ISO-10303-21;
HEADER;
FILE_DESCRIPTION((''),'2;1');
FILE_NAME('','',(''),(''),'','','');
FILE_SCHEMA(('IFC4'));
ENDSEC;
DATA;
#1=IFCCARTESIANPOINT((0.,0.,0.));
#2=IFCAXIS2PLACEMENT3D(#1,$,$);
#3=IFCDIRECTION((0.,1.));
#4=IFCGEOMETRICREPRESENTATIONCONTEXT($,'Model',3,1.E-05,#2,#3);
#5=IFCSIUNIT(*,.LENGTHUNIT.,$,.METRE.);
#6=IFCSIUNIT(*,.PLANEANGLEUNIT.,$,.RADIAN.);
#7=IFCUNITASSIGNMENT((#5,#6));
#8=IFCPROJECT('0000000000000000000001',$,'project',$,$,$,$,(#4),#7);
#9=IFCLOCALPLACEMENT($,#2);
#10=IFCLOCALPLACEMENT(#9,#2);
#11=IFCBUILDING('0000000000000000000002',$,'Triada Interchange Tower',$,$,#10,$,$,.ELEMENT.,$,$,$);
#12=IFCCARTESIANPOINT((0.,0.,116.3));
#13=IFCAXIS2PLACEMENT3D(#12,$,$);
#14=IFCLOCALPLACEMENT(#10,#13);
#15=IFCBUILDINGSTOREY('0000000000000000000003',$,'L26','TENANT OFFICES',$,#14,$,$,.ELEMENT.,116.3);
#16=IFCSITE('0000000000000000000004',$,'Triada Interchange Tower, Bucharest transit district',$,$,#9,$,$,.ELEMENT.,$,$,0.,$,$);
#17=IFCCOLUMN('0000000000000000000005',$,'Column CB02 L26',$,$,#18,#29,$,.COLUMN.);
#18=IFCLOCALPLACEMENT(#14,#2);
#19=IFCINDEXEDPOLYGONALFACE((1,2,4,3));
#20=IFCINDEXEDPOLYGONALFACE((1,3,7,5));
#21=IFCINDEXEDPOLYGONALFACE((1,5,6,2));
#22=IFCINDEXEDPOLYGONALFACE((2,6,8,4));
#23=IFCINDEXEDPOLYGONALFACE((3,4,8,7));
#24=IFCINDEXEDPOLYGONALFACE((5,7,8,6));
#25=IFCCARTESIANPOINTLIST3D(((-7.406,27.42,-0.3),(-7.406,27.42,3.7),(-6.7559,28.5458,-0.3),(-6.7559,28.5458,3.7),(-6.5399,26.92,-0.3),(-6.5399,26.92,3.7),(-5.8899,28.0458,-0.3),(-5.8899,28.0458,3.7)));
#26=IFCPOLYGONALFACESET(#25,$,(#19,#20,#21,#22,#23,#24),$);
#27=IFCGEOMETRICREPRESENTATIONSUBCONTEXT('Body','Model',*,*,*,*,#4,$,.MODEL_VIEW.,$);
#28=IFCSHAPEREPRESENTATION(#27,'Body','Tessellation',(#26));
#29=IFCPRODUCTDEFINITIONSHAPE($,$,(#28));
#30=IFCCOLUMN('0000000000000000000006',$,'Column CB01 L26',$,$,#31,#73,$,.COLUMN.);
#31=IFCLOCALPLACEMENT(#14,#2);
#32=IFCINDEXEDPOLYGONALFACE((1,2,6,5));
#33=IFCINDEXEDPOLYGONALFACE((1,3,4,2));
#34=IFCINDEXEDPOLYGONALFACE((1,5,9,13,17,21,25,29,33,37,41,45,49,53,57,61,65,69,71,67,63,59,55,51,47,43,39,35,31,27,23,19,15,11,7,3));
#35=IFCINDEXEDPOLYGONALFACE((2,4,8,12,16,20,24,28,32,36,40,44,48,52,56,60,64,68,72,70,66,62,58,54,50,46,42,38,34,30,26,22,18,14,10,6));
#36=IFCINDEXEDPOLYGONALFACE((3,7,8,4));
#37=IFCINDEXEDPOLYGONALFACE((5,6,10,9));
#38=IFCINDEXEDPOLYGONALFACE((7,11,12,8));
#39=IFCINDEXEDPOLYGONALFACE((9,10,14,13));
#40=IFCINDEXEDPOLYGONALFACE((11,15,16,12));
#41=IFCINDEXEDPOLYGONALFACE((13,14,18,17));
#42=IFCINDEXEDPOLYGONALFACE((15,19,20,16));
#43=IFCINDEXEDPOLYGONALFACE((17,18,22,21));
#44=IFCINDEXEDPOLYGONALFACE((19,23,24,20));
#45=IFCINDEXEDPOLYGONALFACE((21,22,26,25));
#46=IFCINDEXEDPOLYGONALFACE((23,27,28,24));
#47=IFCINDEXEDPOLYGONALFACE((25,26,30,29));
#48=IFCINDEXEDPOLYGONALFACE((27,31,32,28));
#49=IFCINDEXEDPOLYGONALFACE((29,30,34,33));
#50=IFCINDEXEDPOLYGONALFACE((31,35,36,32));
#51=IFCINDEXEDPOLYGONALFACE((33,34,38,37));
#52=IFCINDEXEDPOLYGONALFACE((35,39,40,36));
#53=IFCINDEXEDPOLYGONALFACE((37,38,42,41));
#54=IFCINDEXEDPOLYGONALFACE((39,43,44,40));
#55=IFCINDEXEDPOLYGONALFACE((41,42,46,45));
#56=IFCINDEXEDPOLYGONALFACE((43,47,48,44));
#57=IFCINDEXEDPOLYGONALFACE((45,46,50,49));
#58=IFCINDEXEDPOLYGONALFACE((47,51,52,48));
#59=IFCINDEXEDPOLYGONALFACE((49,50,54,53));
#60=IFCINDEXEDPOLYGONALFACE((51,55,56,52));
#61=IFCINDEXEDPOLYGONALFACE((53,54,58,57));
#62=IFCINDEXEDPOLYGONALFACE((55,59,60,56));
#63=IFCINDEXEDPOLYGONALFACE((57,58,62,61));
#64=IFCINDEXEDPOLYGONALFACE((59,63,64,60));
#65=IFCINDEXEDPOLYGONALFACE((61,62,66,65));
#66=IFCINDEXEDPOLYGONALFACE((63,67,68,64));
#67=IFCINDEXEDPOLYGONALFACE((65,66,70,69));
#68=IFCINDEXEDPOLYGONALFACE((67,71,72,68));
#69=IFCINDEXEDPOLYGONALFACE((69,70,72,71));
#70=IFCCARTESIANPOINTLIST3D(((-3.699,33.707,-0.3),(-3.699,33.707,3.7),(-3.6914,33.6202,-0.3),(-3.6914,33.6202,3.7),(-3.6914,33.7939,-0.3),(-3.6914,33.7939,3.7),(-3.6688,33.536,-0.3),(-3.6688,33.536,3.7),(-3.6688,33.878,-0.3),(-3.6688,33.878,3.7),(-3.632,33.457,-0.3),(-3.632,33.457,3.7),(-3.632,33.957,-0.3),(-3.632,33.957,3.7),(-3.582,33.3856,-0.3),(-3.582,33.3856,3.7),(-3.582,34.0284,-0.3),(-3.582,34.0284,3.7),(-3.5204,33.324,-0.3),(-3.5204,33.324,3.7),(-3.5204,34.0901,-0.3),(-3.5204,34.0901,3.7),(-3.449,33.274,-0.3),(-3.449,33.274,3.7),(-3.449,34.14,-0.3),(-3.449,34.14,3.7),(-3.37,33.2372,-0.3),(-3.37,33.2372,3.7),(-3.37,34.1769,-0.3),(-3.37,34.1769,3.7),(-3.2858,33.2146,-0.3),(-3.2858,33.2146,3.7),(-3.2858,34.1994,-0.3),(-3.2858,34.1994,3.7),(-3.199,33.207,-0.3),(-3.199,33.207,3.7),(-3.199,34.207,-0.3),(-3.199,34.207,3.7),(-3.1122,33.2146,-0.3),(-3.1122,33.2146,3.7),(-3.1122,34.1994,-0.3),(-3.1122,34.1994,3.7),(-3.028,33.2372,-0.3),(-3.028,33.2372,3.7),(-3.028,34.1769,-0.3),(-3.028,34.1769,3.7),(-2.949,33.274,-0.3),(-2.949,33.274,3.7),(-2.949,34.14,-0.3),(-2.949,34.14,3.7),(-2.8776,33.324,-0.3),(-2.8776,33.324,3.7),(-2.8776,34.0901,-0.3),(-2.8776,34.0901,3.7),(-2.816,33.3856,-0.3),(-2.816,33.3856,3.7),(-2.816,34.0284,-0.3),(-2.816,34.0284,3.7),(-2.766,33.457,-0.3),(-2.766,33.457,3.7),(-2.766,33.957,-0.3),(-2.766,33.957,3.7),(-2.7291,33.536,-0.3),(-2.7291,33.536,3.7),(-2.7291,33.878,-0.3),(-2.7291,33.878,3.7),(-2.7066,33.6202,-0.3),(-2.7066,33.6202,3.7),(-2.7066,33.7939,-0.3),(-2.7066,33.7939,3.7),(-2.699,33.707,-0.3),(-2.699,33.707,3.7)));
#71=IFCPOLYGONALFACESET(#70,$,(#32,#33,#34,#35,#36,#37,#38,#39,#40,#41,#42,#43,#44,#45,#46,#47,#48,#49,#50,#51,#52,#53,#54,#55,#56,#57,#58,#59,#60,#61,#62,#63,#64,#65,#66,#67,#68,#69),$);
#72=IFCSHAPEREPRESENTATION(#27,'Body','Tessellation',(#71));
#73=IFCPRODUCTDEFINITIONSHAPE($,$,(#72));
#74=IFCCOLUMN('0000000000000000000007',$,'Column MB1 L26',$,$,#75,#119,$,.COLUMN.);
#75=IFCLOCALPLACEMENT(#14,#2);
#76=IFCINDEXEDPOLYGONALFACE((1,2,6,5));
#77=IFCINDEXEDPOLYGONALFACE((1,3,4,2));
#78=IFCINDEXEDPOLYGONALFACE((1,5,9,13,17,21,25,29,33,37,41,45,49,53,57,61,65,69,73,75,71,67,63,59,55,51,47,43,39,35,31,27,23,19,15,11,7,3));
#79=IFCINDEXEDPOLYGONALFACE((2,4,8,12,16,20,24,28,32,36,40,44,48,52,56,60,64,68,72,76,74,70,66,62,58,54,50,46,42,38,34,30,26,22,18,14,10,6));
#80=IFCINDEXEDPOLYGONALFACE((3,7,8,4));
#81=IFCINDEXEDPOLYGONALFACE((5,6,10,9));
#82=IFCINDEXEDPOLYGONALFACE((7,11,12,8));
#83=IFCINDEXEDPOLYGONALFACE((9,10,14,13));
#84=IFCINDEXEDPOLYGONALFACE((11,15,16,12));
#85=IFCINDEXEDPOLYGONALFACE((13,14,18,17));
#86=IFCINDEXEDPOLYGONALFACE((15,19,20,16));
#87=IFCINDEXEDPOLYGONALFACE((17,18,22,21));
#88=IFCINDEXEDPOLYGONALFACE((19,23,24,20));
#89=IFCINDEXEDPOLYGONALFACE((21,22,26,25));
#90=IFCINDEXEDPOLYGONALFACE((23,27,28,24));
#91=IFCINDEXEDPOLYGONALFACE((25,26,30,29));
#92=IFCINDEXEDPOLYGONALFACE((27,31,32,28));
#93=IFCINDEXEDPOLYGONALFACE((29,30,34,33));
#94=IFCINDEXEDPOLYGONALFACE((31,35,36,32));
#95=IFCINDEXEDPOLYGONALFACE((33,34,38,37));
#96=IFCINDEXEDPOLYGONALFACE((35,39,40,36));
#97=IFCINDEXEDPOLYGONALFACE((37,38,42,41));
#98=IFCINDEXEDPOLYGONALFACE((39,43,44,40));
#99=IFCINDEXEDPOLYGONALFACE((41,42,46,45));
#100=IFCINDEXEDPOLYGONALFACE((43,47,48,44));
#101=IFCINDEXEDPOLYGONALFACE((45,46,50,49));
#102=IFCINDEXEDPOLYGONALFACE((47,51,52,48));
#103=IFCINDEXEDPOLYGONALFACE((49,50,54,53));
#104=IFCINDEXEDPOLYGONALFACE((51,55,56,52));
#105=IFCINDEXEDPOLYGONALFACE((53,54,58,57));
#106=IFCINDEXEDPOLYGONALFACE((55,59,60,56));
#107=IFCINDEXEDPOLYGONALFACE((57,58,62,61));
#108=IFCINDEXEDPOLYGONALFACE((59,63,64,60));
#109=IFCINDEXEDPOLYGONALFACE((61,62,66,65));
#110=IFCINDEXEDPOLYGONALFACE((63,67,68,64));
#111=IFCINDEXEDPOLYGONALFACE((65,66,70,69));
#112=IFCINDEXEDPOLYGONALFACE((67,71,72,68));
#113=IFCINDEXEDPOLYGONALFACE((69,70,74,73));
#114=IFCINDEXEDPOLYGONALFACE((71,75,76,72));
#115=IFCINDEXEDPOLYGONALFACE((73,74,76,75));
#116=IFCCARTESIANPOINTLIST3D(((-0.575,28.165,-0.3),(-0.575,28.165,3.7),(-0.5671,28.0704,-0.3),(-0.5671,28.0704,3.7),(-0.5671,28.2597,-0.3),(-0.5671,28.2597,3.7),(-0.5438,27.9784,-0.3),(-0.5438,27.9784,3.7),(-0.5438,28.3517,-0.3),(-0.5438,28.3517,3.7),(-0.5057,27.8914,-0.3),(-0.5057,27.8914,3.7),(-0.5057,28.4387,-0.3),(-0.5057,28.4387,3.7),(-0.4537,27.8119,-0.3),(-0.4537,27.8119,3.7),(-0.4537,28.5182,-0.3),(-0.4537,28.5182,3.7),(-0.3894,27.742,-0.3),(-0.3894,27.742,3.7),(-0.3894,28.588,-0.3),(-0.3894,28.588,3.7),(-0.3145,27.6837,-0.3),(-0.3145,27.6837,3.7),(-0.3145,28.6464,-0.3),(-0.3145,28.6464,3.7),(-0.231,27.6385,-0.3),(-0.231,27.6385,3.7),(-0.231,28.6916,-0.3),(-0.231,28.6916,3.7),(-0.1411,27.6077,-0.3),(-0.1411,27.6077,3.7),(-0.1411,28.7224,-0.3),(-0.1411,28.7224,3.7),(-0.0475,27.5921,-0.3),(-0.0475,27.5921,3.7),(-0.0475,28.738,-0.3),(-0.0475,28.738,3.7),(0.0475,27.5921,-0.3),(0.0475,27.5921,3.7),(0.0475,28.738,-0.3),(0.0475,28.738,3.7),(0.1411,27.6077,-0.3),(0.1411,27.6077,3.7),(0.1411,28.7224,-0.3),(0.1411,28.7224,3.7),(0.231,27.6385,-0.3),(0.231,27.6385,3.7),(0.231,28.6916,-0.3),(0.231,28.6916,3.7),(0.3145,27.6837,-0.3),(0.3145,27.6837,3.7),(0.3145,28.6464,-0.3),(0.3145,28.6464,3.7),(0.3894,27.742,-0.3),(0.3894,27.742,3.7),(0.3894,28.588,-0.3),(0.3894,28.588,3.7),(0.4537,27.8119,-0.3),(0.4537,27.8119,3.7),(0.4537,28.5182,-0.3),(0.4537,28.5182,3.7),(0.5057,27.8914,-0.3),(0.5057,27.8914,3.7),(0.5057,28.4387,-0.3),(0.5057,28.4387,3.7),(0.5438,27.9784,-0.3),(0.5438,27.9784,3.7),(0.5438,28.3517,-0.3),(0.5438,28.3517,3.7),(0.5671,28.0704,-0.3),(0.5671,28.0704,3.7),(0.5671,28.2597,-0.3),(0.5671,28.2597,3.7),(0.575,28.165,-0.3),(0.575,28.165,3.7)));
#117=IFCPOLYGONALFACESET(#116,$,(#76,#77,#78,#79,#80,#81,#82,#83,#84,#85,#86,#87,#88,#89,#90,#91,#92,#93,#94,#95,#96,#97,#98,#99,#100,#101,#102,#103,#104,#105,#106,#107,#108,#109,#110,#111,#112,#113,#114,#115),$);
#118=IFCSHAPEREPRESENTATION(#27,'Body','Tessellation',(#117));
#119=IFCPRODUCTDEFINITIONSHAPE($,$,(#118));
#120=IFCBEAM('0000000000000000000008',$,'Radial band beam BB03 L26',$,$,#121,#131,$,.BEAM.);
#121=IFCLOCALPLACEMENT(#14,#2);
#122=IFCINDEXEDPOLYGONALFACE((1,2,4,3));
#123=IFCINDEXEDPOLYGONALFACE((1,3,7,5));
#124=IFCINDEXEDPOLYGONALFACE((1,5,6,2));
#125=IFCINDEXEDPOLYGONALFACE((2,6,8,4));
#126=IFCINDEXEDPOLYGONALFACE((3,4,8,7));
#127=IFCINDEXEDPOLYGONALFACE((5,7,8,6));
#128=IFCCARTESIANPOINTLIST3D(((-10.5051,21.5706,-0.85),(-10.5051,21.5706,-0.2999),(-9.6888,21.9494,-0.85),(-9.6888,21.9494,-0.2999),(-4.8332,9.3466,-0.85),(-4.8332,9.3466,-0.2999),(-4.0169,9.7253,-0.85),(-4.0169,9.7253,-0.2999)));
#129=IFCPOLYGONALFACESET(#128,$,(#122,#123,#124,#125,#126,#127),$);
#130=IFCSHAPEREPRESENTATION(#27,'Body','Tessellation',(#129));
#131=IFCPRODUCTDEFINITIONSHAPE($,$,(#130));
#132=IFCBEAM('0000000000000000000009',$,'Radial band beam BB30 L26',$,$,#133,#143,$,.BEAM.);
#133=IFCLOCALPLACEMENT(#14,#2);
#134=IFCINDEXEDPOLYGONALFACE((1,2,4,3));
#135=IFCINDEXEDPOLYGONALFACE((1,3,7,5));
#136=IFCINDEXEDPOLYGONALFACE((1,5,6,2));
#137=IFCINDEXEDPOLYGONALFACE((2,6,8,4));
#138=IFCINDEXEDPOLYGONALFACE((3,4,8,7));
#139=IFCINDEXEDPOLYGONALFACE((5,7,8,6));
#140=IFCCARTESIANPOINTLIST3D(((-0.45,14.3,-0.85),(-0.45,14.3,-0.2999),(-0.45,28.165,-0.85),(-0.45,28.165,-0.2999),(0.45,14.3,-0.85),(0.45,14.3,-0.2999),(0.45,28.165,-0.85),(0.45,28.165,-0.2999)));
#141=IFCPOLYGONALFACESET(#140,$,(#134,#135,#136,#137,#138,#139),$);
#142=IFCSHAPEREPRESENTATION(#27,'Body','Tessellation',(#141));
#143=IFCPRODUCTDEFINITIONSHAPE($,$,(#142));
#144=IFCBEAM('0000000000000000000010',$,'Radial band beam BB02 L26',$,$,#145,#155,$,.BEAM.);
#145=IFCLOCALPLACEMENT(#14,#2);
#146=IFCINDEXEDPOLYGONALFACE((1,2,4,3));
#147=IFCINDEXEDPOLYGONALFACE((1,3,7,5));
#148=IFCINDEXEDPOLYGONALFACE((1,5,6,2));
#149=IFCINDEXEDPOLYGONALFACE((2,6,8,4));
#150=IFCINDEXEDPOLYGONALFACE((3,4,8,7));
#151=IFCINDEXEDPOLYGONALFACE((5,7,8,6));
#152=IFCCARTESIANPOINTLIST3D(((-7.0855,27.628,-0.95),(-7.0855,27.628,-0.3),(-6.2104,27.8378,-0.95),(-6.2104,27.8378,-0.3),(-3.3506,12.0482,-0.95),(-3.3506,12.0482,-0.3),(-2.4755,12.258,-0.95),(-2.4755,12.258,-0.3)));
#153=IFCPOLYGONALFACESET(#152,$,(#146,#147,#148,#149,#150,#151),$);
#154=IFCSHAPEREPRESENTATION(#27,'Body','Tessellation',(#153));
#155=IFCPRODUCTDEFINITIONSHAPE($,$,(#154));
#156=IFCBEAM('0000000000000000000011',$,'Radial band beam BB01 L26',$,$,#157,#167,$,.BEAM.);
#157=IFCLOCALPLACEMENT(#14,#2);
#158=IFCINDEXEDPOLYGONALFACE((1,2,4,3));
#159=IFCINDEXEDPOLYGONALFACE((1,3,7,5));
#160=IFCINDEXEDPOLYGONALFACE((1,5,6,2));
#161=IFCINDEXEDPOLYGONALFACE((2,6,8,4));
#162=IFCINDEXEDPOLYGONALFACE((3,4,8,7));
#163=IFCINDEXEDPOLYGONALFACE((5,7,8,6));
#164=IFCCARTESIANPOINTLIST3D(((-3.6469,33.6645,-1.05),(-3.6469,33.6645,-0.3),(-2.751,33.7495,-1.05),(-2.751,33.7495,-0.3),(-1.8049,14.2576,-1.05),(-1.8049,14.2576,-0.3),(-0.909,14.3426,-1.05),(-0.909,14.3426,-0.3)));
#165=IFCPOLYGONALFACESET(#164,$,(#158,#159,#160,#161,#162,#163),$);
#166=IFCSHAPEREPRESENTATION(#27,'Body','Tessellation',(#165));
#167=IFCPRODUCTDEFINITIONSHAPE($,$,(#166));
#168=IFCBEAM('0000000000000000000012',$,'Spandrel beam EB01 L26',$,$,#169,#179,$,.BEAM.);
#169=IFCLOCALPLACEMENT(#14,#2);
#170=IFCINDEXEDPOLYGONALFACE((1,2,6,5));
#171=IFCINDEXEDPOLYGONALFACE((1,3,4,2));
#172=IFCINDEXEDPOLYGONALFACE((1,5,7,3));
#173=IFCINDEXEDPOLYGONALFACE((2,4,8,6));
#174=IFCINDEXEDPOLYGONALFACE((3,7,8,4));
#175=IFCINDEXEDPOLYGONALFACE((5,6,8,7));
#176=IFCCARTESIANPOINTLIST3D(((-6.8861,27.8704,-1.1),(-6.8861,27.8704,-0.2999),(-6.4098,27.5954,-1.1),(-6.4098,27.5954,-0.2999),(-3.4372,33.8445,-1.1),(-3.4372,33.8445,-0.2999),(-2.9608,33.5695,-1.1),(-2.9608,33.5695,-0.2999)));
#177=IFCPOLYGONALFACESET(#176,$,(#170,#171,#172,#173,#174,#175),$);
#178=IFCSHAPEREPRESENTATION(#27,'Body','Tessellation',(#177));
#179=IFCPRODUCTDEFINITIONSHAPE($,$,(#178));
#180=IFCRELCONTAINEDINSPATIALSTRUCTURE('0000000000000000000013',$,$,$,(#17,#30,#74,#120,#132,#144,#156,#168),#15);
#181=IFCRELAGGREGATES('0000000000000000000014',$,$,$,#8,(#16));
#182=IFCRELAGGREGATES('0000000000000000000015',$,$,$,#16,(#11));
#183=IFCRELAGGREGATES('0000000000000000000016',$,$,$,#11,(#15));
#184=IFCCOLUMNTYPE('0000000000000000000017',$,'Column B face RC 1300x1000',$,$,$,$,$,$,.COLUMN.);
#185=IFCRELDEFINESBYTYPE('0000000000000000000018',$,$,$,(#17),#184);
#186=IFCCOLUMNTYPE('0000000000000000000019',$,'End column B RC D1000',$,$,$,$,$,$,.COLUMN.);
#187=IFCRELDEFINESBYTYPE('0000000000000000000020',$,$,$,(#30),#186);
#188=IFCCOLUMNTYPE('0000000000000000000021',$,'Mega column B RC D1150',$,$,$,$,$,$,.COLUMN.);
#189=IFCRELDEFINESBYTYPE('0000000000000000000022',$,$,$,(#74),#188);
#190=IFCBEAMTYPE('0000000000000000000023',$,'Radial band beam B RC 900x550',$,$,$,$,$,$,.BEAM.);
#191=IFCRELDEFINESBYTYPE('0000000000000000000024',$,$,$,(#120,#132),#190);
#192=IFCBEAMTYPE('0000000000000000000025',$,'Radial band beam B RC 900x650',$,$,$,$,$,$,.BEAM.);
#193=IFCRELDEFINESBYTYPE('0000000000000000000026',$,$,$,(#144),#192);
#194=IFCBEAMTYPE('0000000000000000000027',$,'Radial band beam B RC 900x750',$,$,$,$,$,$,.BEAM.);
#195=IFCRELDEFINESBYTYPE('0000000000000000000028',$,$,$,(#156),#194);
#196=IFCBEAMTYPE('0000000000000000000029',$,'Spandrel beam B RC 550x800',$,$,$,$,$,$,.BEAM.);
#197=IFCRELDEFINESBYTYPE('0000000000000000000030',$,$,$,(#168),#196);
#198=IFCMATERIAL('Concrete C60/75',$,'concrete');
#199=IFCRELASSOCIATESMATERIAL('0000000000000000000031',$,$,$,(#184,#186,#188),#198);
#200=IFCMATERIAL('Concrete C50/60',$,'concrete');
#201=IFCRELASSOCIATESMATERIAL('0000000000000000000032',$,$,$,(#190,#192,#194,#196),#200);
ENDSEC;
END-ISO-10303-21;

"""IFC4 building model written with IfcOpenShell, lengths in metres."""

from ifc_helpers import new_model, si_unit, direction, frame, origin, origin_2d, place, context, subcontext, project, spatial, rectangle, circle, extrude, material, material_profile, profile_set, type_object, element, save


model = new_model("IFC4")

# Units and contexts
model_context = context("Model", 3, precision=1e-05, world=origin(), true_north=direction((0.0, 1.0)))
body_context = subcontext(model_context, "Body", "Model", "MODEL_VIEW")
ifc_project = project(units=[si_unit("LENGTHUNIT", "METRE"), si_unit("PLANEANGLEUNIT", "RADIAN")], contexts=[model_context])

# Site, building, storey
site_placement = place(None, origin())
site = spatial("IfcSite", under=ifc_project, at=site_placement, Name="Triada Interchange Tower, Bucharest transit district", CompositionType="ELEMENT", RefElevation=0.0)
building_placement = place(site_placement, origin())
building = spatial("IfcBuilding", under=site, at=building_placement, Name="Triada Interchange Tower", CompositionType="ELEMENT")
storey_placement = place(building_placement, frame((0.0, 0.0, 116.3)))
storey = spatial("IfcBuildingStorey", under=building, at=storey_placement, Name="L26", Description="TENANT OFFICES", CompositionType="ELEMENT", Elevation=116.3)

# Columns
ifc_material_1 = material(Name="Concrete C60/75", Category="concrete")
ifc_material_profile_1 = material_profile(ifc_material_1, rectangle(XDim=1.3, YDim=1.0, at=origin_2d()), Name="RC 1300x1000")
ifc_profile_set_1 = profile_set([ifc_material_profile_1], Name="Concrete C60/75")
column_type_1 = type_object("IfcColumnType", Name="Column B face RC 1300x1000", PredefinedType="COLUMN", material=ifc_profile_set_1)
column_1_placement = place(storey_placement, frame((-6.6479, 27.7329, -0.3), z_axis=(0.0, 0.0, 1.0), x_axis=(0.5, 0.866025, 0.0)))
element("IfcColumn", 1, at=column_1_placement, inside=storey, type_object=column_type_1, Name="Column CB02 L26", PredefinedType="COLUMN", context=body_context, shape_type="SweptSolid", body=[
    extrude(rectangle(XDim=1.3, YDim=1.0, at=origin_2d()), origin(), (0.0, 0.0, 1.0), 4.0),
])
ifc_material_profile_2 = material_profile(ifc_material_1, circle(Radius=0.5, at=origin_2d()), Name="RC D1000")
ifc_profile_set_2 = profile_set([ifc_material_profile_2], Name="Concrete C60/75")
column_type_2 = type_object("IfcColumnType", Name="End column B RC D1000", PredefinedType="COLUMN", material=ifc_profile_set_2)
column_2_placement = place(storey_placement, frame((-3.199, 33.707, -0.3), z_axis=(0.0, 0.0, 1.0), x_axis=(0.5, 0.866025, 0.0)))
element("IfcColumn", 2, at=column_2_placement, inside=storey, type_object=column_type_2, Name="Column CB01 L26", PredefinedType="COLUMN", context=body_context, shape_type="SweptSolid", body=[
    extrude(circle(Radius=0.5, at=origin_2d()), origin(), (0.0, 0.0, 1.0), 4.0),
])
ifc_material_profile_3 = material_profile(ifc_material_1, circle(Radius=0.575, at=origin_2d()), Name="RC D1150")
ifc_profile_set_3 = profile_set([ifc_material_profile_3], Name="Concrete C60/75")
column_type_3 = type_object("IfcColumnType", Name="Mega column B RC D1150", PredefinedType="COLUMN", material=ifc_profile_set_3)
column_3_placement = place(storey_placement, frame((0.0, 28.165, -0.3), z_axis=(0.0, 0.0, 1.0), x_axis=(1.0, 0.0, 0.0)))
element("IfcColumn", 3, at=column_3_placement, inside=storey, type_object=column_type_3, Name="Column MB1 L26", PredefinedType="COLUMN", context=body_context, shape_type="SweptSolid", body=[
    extrude(circle(Radius=0.575, at=origin_2d()), origin(), (0.0, 0.0, 1.0), 4.0),
])

# Beams
ifc_material_2 = material(Name="Concrete C50/60", Category="concrete")
ifc_material_profile_4 = material_profile(ifc_material_2, rectangle(XDim=0.8999, YDim=0.55, at=origin_2d()), Name="RC 900x550")
ifc_profile_set_4 = profile_set([ifc_material_profile_4], Name="Concrete C50/60")
beam_type_1 = type_object("IfcBeamType", Name="Radial band beam B RC 900x550", PredefinedType="BEAM", material=ifc_profile_set_4)
beam_1_placement = place(storey_placement, frame((-10.0969, 21.76, -0.575), z_axis=(0.420891, -0.907111, 0.0), x_axis=(0.907111, 0.420891, 0.0)))
element("IfcBeam", 4, at=beam_1_placement, inside=storey, type_object=beam_type_1, Name="Radial band beam BB03 L26", PredefinedType="BEAM", context=body_context, shape_type="SweptSolid", body=[
    extrude(rectangle(XDim=0.8999, YDim=0.55, at=origin_2d()), origin(), (0.0, 0.0, 1.0), 13.4758),
])
beam_2_placement = place(storey_placement, frame((0.0, 28.165, -0.575), z_axis=(0.0, -1.0, 0.0), x_axis=(1.0, 0.0, 0.0)))
element("IfcBeam", 5, at=beam_2_placement, inside=storey, type_object=beam_type_1, Name="Radial band beam BB30 L26", PredefinedType="BEAM", context=body_context, shape_type="SweptSolid", body=[
    extrude(rectangle(XDim=0.8999, YDim=0.55, at=origin_2d()), origin(), (0.0, 0.0, 1.0), 13.865),
])
ifc_material_profile_5 = material_profile(ifc_material_2, rectangle(XDim=0.8999, YDim=0.6499, at=origin_2d()), Name="RC 900x650")
ifc_profile_set_5 = profile_set([ifc_material_profile_5], Name="Concrete C50/60")
beam_type_2 = type_object("IfcBeamType", Name="Radial band beam B RC 900x650", PredefinedType="BEAM", material=ifc_profile_set_5)
beam_3_placement = place(storey_placement, frame((-6.6479, 27.7329, -0.625), z_axis=(0.233119, -0.972448, 0.0), x_axis=(0.972448, 0.233119, 0.0)))
element("IfcBeam", 6, at=beam_3_placement, inside=storey, type_object=beam_type_2, Name="Radial band beam BB02 L26", PredefinedType="BEAM", context=body_context, shape_type="SweptSolid", body=[
    extrude(rectangle(XDim=0.8999, YDim=0.6499, at=origin_2d()), origin(), (0.0, 0.0, 1.0), 16.0212),
])
ifc_material_profile_6 = material_profile(ifc_material_2, rectangle(XDim=0.8999, YDim=0.75, at=origin_2d()), Name="RC 900x750")
ifc_profile_set_6 = profile_set([ifc_material_profile_6], Name="Concrete C50/60")
beam_type_3 = type_object("IfcBeamType", Name="Radial band beam B RC 900x750", PredefinedType="BEAM", material=ifc_profile_set_6)
beam_4_placement = place(storey_placement, frame((-3.199, 33.707, -0.675), z_axis=(0.094492, -0.995526, 0.0), x_axis=(0.995526, 0.094492, 0.0)))
element("IfcBeam", 7, at=beam_4_placement, inside=storey, type_object=beam_type_3, Name="Radial band beam BB01 L26", PredefinedType="BEAM", context=body_context, shape_type="SweptSolid", body=[
    extrude(rectangle(XDim=0.8999, YDim=0.75, at=origin_2d()), origin(), (0.0, 0.0, 1.0), 19.4941),
])
ifc_material_profile_7 = material_profile(ifc_material_2, rectangle(XDim=0.55, YDim=0.8, at=origin_2d()), Name="RC 550x800")
ifc_profile_set_7 = profile_set([ifc_material_profile_7], Name="Concrete C50/60")
beam_type_4 = type_object("IfcBeamType", Name="Spandrel beam B RC 550x800", PredefinedType="BEAM", material=ifc_profile_set_7)
beam_5_placement = place(storey_placement, frame((-3.199, 33.707, -0.7), z_axis=(-0.49998, -0.866037, 0.0), x_axis=(0.866037, -0.49998, 0.0)))
element("IfcBeam", 8, at=beam_5_placement, inside=storey, type_object=beam_type_4, Name="Spandrel beam EB01 L26", PredefinedType="BEAM", context=body_context, shape_type="SweptSolid", body=[
    extrude(rectangle(XDim=0.55, YDim=0.8, at=origin_2d()), origin(), (0.0, 0.0, 1.0), 6.8982),
])

save(model, "model.ifc")
